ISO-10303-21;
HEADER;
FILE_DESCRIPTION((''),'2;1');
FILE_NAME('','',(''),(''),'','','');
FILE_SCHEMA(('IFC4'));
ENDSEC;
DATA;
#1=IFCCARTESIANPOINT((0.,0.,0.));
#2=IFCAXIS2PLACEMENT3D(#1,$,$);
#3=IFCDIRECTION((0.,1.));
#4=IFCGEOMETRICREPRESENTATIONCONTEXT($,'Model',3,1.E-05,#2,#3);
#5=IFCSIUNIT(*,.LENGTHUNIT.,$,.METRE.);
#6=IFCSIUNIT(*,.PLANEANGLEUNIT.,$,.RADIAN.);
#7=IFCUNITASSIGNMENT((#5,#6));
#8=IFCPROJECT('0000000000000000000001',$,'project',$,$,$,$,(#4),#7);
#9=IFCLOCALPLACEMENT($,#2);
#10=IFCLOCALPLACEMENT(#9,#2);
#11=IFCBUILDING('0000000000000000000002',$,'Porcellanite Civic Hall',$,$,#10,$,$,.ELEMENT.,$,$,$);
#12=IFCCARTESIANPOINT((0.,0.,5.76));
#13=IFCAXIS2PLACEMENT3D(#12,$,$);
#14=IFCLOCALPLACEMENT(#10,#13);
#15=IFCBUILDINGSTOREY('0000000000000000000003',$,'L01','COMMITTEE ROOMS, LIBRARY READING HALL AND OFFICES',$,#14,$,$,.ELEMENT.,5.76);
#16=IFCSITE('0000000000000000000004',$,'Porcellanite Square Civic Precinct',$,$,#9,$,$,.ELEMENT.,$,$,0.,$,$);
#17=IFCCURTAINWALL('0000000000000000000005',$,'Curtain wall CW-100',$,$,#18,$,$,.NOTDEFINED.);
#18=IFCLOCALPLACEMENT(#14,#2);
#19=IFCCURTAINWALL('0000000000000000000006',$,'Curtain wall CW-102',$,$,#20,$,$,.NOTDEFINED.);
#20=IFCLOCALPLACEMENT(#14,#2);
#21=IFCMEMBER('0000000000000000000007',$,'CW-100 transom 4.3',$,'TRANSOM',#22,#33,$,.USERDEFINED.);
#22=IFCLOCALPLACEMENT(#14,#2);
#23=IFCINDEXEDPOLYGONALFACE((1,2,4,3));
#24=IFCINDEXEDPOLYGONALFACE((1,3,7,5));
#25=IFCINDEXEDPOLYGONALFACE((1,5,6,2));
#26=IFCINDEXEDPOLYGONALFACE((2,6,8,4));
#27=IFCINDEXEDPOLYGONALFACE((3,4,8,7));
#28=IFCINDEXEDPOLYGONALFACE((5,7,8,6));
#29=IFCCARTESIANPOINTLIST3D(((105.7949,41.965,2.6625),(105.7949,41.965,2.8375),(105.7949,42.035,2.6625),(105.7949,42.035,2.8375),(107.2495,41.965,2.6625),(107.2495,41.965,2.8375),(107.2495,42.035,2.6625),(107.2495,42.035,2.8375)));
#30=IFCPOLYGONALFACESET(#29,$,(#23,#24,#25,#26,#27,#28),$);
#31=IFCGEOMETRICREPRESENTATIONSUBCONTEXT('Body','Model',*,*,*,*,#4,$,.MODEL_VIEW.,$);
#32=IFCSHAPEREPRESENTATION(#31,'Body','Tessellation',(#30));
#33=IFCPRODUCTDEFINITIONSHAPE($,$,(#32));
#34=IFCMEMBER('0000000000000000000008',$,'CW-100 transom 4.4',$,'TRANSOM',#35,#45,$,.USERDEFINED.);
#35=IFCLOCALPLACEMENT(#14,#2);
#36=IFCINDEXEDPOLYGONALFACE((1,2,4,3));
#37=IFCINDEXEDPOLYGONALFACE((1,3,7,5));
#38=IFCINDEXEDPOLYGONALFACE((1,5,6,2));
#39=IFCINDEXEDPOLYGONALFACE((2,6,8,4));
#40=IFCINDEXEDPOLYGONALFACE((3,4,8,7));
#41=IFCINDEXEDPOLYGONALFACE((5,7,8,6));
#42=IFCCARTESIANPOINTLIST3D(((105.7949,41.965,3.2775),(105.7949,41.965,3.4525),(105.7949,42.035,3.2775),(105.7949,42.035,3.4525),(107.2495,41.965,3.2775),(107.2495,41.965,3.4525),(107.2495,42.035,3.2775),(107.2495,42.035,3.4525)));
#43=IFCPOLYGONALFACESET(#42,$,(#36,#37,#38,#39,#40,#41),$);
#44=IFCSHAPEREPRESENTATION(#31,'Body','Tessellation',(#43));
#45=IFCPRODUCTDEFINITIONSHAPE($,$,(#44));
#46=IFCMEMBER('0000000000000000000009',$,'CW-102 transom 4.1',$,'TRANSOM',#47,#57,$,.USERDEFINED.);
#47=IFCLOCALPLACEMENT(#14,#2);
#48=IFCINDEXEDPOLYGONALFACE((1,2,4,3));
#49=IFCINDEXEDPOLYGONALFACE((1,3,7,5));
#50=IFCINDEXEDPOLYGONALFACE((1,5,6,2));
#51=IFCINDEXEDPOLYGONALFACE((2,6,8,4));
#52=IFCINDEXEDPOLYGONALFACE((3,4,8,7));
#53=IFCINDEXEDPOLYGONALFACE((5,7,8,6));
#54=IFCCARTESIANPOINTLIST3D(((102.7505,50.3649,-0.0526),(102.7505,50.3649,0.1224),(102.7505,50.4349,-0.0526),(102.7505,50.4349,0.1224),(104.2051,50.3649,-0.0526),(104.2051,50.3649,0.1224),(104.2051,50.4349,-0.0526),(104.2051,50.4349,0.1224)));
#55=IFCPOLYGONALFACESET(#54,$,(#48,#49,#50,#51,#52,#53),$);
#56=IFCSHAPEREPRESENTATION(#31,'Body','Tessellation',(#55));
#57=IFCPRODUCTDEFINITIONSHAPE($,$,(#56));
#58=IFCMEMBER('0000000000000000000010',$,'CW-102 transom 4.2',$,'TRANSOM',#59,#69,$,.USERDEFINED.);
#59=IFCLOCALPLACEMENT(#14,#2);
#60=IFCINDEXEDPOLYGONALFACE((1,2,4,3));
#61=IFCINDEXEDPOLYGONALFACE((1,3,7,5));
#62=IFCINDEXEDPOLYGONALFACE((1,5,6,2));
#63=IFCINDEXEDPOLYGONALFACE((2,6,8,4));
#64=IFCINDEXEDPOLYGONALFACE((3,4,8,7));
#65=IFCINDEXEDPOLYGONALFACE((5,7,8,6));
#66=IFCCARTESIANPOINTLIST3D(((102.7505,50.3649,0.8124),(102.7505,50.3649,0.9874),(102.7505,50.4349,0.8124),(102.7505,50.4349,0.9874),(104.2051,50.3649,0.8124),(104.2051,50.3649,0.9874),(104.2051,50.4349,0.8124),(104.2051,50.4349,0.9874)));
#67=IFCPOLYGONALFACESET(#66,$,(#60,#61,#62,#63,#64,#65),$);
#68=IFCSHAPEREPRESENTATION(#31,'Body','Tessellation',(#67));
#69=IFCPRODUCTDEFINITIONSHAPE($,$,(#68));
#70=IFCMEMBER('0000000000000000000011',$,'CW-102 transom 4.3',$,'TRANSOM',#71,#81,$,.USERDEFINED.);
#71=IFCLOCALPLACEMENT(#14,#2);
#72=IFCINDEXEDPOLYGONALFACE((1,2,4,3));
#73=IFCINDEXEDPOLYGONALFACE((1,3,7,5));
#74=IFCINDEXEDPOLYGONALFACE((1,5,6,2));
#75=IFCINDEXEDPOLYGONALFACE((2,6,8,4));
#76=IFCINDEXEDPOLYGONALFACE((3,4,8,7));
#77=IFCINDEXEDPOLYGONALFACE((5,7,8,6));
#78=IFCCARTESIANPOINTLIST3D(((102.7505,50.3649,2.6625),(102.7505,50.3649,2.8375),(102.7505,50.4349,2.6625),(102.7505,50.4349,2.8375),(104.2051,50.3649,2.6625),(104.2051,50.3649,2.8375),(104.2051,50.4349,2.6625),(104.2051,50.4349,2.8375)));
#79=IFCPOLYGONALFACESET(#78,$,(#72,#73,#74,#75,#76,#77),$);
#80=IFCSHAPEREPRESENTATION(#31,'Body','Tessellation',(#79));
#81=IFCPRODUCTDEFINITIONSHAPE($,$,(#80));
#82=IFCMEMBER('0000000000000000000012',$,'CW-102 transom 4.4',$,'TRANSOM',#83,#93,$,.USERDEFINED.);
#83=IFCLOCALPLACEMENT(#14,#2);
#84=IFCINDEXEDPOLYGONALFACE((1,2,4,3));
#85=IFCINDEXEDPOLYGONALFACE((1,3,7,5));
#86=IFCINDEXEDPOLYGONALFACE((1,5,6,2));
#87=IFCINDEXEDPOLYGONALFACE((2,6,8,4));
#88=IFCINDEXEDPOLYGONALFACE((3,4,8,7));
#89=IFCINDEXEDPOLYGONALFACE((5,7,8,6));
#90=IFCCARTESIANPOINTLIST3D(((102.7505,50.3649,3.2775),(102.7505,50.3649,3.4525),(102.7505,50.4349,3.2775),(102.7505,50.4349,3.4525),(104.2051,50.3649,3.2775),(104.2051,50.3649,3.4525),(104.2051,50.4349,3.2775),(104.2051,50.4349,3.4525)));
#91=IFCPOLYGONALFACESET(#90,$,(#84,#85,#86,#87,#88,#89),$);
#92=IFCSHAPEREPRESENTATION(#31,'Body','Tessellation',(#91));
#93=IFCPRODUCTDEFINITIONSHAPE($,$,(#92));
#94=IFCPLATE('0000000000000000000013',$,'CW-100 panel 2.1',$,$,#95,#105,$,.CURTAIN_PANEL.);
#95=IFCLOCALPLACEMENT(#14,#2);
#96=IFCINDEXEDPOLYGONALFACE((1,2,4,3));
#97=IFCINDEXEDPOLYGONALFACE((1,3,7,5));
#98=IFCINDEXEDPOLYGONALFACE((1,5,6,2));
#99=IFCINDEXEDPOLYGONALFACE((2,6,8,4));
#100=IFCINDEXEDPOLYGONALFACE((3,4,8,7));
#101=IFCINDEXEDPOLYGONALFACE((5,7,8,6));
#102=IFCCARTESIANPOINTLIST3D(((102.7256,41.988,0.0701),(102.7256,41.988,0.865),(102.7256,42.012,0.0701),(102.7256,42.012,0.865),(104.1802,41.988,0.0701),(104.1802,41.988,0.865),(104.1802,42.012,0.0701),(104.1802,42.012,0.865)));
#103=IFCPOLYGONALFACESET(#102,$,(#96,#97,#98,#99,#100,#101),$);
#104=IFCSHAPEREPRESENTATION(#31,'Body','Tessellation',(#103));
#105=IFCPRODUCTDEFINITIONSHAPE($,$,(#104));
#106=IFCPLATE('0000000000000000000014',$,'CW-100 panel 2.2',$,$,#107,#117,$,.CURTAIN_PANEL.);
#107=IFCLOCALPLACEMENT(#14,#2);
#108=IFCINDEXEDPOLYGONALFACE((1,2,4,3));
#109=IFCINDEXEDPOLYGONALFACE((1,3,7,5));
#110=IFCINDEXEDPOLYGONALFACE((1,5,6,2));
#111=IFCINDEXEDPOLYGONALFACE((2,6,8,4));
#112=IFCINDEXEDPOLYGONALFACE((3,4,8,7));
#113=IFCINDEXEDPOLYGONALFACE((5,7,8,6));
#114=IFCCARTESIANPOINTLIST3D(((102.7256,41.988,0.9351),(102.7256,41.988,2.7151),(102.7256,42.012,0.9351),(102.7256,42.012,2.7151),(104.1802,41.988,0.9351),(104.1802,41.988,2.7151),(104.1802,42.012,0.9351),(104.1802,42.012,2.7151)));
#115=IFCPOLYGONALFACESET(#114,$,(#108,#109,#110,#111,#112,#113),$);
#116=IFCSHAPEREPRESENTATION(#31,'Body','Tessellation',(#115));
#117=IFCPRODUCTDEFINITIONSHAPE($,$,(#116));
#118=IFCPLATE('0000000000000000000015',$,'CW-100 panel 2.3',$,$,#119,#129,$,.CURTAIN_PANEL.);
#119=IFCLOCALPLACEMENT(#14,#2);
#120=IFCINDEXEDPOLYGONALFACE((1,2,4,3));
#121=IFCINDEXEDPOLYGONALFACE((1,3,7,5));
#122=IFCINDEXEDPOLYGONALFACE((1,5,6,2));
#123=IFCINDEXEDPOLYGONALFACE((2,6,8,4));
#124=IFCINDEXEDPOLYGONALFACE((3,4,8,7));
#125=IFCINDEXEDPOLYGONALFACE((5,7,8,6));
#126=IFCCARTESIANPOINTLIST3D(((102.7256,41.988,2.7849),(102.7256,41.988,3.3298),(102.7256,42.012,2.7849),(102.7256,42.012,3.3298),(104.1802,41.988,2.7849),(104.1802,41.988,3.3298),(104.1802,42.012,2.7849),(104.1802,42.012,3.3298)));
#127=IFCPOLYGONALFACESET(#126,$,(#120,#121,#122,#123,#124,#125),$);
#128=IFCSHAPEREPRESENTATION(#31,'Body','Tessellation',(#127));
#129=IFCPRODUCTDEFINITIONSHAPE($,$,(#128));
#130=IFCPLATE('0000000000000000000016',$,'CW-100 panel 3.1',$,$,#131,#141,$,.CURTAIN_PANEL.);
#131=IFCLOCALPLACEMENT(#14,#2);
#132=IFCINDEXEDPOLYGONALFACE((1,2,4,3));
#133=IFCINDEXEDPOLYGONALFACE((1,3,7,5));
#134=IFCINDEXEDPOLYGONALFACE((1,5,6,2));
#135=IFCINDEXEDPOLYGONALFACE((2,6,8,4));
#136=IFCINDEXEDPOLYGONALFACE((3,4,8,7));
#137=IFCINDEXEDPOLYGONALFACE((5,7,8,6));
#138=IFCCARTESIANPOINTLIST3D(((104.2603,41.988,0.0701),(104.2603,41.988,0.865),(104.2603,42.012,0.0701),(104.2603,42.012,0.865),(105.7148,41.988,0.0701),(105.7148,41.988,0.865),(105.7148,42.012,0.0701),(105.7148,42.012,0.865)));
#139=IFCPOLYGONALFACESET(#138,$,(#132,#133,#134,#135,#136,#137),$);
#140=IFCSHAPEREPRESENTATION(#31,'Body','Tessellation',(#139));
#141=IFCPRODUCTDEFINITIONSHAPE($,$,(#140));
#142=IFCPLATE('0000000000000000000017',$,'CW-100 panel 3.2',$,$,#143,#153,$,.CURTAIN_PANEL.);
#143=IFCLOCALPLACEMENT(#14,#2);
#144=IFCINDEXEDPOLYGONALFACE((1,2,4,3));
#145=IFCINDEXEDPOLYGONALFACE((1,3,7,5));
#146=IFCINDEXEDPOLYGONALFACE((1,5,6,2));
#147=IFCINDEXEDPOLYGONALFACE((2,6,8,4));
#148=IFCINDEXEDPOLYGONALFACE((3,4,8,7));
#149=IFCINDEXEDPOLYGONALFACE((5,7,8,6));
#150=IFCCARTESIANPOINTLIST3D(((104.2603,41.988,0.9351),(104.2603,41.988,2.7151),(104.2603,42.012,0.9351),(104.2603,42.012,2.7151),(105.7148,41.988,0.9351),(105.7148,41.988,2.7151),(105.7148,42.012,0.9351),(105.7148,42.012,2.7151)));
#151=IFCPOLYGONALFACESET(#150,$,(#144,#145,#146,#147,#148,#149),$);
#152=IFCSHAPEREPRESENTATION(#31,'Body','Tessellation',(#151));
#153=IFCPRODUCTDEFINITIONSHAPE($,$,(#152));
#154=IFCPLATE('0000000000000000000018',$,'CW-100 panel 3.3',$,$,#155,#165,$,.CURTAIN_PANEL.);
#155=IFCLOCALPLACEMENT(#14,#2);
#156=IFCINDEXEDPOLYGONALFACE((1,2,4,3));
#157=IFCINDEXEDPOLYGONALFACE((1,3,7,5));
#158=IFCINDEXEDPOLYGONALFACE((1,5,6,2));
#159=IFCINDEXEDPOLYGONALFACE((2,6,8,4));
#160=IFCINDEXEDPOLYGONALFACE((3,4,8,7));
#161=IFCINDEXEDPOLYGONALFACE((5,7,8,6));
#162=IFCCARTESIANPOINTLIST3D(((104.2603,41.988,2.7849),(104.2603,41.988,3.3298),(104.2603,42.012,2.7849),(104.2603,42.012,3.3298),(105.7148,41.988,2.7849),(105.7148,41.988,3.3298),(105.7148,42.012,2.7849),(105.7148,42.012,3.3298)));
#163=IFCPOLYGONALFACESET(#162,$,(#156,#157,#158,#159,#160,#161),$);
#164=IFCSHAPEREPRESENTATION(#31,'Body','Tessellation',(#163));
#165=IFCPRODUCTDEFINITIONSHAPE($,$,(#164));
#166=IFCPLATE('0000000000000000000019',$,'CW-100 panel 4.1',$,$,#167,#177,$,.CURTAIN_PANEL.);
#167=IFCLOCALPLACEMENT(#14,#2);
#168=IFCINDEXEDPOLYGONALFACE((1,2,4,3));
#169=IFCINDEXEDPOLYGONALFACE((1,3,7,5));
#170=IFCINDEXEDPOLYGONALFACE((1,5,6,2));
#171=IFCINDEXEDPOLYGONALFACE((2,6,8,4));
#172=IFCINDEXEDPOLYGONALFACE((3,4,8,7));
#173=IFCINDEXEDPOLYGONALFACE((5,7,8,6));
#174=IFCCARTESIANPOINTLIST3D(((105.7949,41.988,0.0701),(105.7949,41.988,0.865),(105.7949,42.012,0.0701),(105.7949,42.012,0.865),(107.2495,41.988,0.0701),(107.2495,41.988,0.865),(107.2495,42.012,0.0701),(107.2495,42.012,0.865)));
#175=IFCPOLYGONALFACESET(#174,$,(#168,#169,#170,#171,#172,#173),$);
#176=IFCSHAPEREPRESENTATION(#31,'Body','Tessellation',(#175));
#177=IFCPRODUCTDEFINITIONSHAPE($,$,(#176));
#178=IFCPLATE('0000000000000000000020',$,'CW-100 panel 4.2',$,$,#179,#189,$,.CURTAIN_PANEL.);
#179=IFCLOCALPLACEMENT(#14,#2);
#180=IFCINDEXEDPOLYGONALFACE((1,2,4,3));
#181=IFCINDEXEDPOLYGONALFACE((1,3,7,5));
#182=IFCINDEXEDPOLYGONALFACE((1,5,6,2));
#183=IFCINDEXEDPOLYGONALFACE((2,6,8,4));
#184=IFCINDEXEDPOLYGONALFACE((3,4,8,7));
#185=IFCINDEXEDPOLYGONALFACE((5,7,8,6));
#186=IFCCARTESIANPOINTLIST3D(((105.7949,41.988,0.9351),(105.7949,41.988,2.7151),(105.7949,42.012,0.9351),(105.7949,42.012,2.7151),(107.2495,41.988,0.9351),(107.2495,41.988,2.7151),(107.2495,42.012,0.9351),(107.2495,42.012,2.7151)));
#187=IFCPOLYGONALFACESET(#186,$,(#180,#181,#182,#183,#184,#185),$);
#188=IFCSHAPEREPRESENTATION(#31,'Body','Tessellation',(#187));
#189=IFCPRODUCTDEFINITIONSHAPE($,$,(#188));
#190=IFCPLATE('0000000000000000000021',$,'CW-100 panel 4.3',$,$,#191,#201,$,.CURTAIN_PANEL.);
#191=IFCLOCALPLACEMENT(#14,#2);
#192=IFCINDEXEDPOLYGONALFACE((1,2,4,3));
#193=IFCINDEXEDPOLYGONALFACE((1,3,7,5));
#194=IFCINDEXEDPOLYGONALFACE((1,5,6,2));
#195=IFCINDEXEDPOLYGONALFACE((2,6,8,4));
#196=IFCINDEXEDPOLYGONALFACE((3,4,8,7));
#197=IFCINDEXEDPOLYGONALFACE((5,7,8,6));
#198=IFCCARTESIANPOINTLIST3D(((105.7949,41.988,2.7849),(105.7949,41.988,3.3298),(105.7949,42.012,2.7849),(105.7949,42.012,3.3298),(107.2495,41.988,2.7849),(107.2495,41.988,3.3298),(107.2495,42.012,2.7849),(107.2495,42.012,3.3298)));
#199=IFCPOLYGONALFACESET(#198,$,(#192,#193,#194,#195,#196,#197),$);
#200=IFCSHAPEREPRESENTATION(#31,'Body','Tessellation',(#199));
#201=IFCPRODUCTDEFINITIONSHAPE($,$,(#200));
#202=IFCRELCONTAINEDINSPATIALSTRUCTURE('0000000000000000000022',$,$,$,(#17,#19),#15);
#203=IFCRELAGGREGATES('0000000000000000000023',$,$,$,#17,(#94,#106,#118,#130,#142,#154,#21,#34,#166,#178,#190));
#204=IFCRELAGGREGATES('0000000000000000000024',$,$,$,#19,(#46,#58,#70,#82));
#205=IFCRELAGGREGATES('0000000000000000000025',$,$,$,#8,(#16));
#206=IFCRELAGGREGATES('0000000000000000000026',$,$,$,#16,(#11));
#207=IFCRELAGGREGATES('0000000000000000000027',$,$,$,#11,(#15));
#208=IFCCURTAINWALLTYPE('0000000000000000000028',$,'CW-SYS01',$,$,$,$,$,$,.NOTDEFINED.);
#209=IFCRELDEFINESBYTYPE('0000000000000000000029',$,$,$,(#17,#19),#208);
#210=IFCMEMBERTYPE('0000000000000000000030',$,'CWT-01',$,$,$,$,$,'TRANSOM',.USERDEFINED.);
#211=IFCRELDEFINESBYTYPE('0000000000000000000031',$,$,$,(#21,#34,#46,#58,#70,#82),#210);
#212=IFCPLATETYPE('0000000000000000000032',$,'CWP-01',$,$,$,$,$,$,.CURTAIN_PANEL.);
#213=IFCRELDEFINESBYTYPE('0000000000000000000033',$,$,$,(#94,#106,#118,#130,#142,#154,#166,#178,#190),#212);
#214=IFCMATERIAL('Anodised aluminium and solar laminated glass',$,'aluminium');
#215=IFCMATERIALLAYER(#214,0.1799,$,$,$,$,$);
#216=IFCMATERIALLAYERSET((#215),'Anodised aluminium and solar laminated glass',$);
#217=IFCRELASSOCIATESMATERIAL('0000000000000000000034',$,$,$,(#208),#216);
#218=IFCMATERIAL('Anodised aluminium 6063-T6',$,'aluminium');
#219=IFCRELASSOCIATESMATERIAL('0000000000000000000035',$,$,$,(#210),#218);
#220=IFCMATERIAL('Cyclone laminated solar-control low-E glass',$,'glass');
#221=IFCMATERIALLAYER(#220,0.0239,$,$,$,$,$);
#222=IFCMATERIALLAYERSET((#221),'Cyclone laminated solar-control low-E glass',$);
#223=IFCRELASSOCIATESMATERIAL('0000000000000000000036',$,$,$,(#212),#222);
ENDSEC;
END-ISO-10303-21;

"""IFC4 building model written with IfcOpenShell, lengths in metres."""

from ifc_helpers import new_model, si_unit, direction, frame, origin, origin_2d, place, context, subcontext, project, spatial, rectangle, extrude, material, layer, layer_set, material_profile, profile_set, type_object, element, aggregate, save


model = new_model("IFC4")

# Units and contexts
model_context = context("Model", 3, precision=1e-05, world=origin(), true_north=direction((0.0, 1.0)))
body_context = subcontext(model_context, "Body", "Model", "MODEL_VIEW")
ifc_project = project(units=[si_unit("LENGTHUNIT", "METRE"), si_unit("PLANEANGLEUNIT", "RADIAN")], contexts=[model_context])

# Site, building, storey
site_placement = place(None, origin())
site = spatial("IfcSite", under=ifc_project, at=site_placement, Name="Porcellanite Square Civic Precinct", CompositionType="ELEMENT", RefElevation=0.0)
building_placement = place(site_placement, origin())
building = spatial("IfcBuilding", under=site, at=building_placement, Name="Porcellanite Civic Hall", CompositionType="ELEMENT")
storey_placement = place(building_placement, frame((0.0, 0.0, 5.76)))
storey = spatial("IfcBuildingStorey", under=building, at=storey_placement, Name="L01", Description="COMMITTEE ROOMS, LIBRARY READING HALL AND OFFICES", CompositionType="ELEMENT", Elevation=5.76)

# Curtain walls
ifc_material_1 = material(Name="Anodised aluminium and solar laminated glass", Category="aluminium")
ifc_layer_1 = layer(ifc_material_1, 0.1799)
ifc_layer_set_1 = layer_set([ifc_layer_1], Name="Anodised aluminium and solar laminated glass")
curtain_wall_type = type_object("IfcCurtainWallType", Name="CW-SYS01", PredefinedType="NOTDEFINED", material=ifc_layer_set_1)
curtain_wall_1_placement = place(storey_placement, origin())
curtain_wall_1 = element("IfcCurtainWall", 1, at=curtain_wall_1_placement, inside=storey, type_object=curtain_wall_type, Name="Curtain wall CW-100", PredefinedType="NOTDEFINED")
curtain_wall_2_placement = place(storey_placement, origin())
curtain_wall_2 = element("IfcCurtainWall", 2, at=curtain_wall_2_placement, inside=storey, type_object=curtain_wall_type, Name="Curtain wall CW-102", PredefinedType="NOTDEFINED")

# Members
ifc_material_2 = material(Name="Anodised aluminium 6063-T6", Category="aluminium")
ifc_material_profile_1 = material_profile(ifc_material_2, rectangle(XDim=0.0701, YDim=0.175, at=origin_2d()), Name="AL-70x175")
ifc_profile_set_1 = profile_set([ifc_material_profile_1], Name="Anodised aluminium 6063-T6")
member_type_1 = type_object("IfcMemberType", Name="CWT-01", ElementType="TRANSOM", PredefinedType="USERDEFINED", material=ifc_profile_set_1)
member_1_placement = place(storey_placement, frame((105.7949, 42.0, 2.75), z_axis=(1.0, 0.0, 0.0), x_axis=(0.0, 1.0, 0.0)))
member_1 = element("IfcMember", 3, at=member_1_placement, type_object=member_type_1, Name="CW-100 transom 4.3", ObjectType="TRANSOM", PredefinedType="USERDEFINED", context=body_context, shape_type="SweptSolid", body=[
    extrude(rectangle(XDim=0.0701, YDim=0.175, at=origin_2d()), origin(), (0.0, 0.0, 1.0), 1.4546),
])
member_2_placement = place(storey_placement, frame((105.7949, 42.0, 3.365), z_axis=(1.0, 0.0, 0.0), x_axis=(0.0, 1.0, 0.0)))
member_2 = element("IfcMember", 4, at=member_2_placement, type_object=member_type_1, Name="CW-100 transom 4.4", ObjectType="TRANSOM", PredefinedType="USERDEFINED", context=body_context, shape_type="SweptSolid", body=[
    extrude(rectangle(XDim=0.0701, YDim=0.175, at=origin_2d()), origin(), (0.0, 0.0, 1.0), 1.4546),
])
member_3_placement = place(storey_placement, frame((104.2051, 50.3999, 0.0349), z_axis=(-1.0, 0.0, 0.0), x_axis=(0.0, -1.0, 0.0)))
member_3 = element("IfcMember", 5, at=member_3_placement, type_object=member_type_1, Name="CW-102 transom 4.1", ObjectType="TRANSOM", PredefinedType="USERDEFINED", context=body_context, shape_type="SweptSolid", body=[
    extrude(rectangle(XDim=0.0701, YDim=0.175, at=origin_2d()), origin(), (0.0, 0.0, 1.0), 1.4546),
])
member_4_placement = place(storey_placement, frame((104.2051, 50.3999, 0.8999), z_axis=(-1.0, 0.0, 0.0), x_axis=(0.0, -1.0, 0.0)))
member_4 = element("IfcMember", 6, at=member_4_placement, type_object=member_type_1, Name="CW-102 transom 4.2", ObjectType="TRANSOM", PredefinedType="USERDEFINED", context=body_context, shape_type="SweptSolid", body=[
    extrude(rectangle(XDim=0.0701, YDim=0.175, at=origin_2d()), origin(), (0.0, 0.0, 1.0), 1.4546),
])
member_5_placement = place(storey_placement, frame((104.2051, 50.3999, 2.75), z_axis=(-1.0, 0.0, 0.0), x_axis=(0.0, -1.0, 0.0)))
member_5 = element("IfcMember", 7, at=member_5_placement, type_object=member_type_1, Name="CW-102 transom 4.3", ObjectType="TRANSOM", PredefinedType="USERDEFINED", context=body_context, shape_type="SweptSolid", body=[
    extrude(rectangle(XDim=0.0701, YDim=0.175, at=origin_2d()), origin(), (0.0, 0.0, 1.0), 1.4546),
])
member_6_placement = place(storey_placement, frame((104.2051, 50.3999, 3.365), z_axis=(-1.0, 0.0, 0.0), x_axis=(0.0, -1.0, 0.0)))
member_6 = element("IfcMember", 8, at=member_6_placement, type_object=member_type_1, Name="CW-102 transom 4.4", ObjectType="TRANSOM", PredefinedType="USERDEFINED", context=body_context, shape_type="SweptSolid", body=[
    extrude(rectangle(XDim=0.0701, YDim=0.175, at=origin_2d()), origin(), (0.0, 0.0, 1.0), 1.4546),
])

# Plates
ifc_material_3 = material(Name="Cyclone laminated solar-control low-E glass", Category="glass")
ifc_layer_2 = layer(ifc_material_3, 0.0239)
ifc_layer_set_2 = layer_set([ifc_layer_2], Name="Cyclone laminated solar-control low-E glass")
plate_type = type_object("IfcPlateType", Name="CWP-01", PredefinedType="CURTAIN_PANEL", material=ifc_layer_set_2)
plate_1_placement = place(storey_placement, frame((103.4529, 42.0, 0.0701), z_axis=(0.0, 0.0, 1.0), x_axis=(1.0, 0.0, 0.0)))
plate_1 = element("IfcPlate", 9, at=plate_1_placement, type_object=plate_type, Name="CW-100 panel 2.1", PredefinedType="CURTAIN_PANEL", context=body_context, shape_type="SweptSolid", body=[
    extrude(rectangle(XDim=1.4546, YDim=0.0239, at=origin_2d()), origin(), (0.0, 0.0, 1.0), 0.7949),
])
plate_2_placement = place(storey_placement, frame((103.4529, 42.0, 0.9351), z_axis=(0.0, 0.0, 1.0), x_axis=(1.0, 0.0, 0.0)))
plate_2 = element("IfcPlate", 10, at=plate_2_placement, type_object=plate_type, Name="CW-100 panel 2.2", PredefinedType="CURTAIN_PANEL", context=body_context, shape_type="SweptSolid", body=[
    extrude(rectangle(XDim=1.4546, YDim=0.0239, at=origin_2d()), origin(), (0.0, 0.0, 1.0), 1.78),
])
plate_3_placement = place(storey_placement, frame((103.4529, 42.0, 2.7849), z_axis=(0.0, 0.0, 1.0), x_axis=(1.0, 0.0, 0.0)))
plate_3 = element("IfcPlate", 11, at=plate_3_placement, type_object=plate_type, Name="CW-100 panel 2.3", PredefinedType="CURTAIN_PANEL", context=body_context, shape_type="SweptSolid", body=[
    extrude(rectangle(XDim=1.4546, YDim=0.0239, at=origin_2d()), origin(), (0.0, 0.0, 1.0), 0.5449),
])
plate_4_placement = place(storey_placement, frame((104.9875, 42.0, 0.0701), z_axis=(0.0, 0.0, 1.0), x_axis=(1.0, 0.0, 0.0)))
plate_4 = element("IfcPlate", 12, at=plate_4_placement, type_object=plate_type, Name="CW-100 panel 3.1", PredefinedType="CURTAIN_PANEL", context=body_context, shape_type="SweptSolid", body=[
    extrude(rectangle(XDim=1.4546, YDim=0.0239, at=origin_2d()), origin(), (0.0, 0.0, 1.0), 0.7949),
])
plate_5_placement = place(storey_placement, frame((104.9875, 42.0, 0.9351), z_axis=(0.0, 0.0, 1.0), x_axis=(1.0, 0.0, 0.0)))
plate_5 = element("IfcPlate", 13, at=plate_5_placement, type_object=plate_type, Name="CW-100 panel 3.2", PredefinedType="CURTAIN_PANEL", context=body_context, shape_type="SweptSolid", body=[
    extrude(rectangle(XDim=1.4546, YDim=0.0239, at=origin_2d()), origin(), (0.0, 0.0, 1.0), 1.78),
])
plate_6_placement = place(storey_placement, frame((104.9875, 42.0, 2.7849), z_axis=(0.0, 0.0, 1.0), x_axis=(1.0, 0.0, 0.0)))
plate_6 = element("IfcPlate", 14, at=plate_6_placement, type_object=plate_type, Name="CW-100 panel 3.3", PredefinedType="CURTAIN_PANEL", context=body_context, shape_type="SweptSolid", body=[
    extrude(rectangle(XDim=1.4546, YDim=0.0239, at=origin_2d()), origin(), (0.0, 0.0, 1.0), 0.5449),
])
plate_7_placement = place(storey_placement, frame((106.5222, 42.0, 0.0701), z_axis=(0.0, 0.0, 1.0), x_axis=(1.0, 0.0, 0.0)))
plate_7 = element("IfcPlate", 15, at=plate_7_placement, type_object=plate_type, Name="CW-100 panel 4.1", PredefinedType="CURTAIN_PANEL", context=body_context, shape_type="SweptSolid", body=[
    extrude(rectangle(XDim=1.4546, YDim=0.0239, at=origin_2d()), origin(), (0.0, 0.0, 1.0), 0.7949),
])
plate_8_placement = place(storey_placement, frame((106.5222, 42.0, 0.9351), z_axis=(0.0, 0.0, 1.0), x_axis=(1.0, 0.0, 0.0)))
plate_8 = element("IfcPlate", 16, at=plate_8_placement, type_object=plate_type, Name="CW-100 panel 4.2", PredefinedType="CURTAIN_PANEL", context=body_context, shape_type="SweptSolid", body=[
    extrude(rectangle(XDim=1.4546, YDim=0.0239, at=origin_2d()), origin(), (0.0, 0.0, 1.0), 1.78),
])
plate_9_placement = place(storey_placement, frame((106.5222, 42.0, 2.7849), z_axis=(0.0, 0.0, 1.0), x_axis=(1.0, 0.0, 0.0)))
plate_9 = element("IfcPlate", 17, at=plate_9_placement, type_object=plate_type, Name="CW-100 panel 4.3", PredefinedType="CURTAIN_PANEL", context=body_context, shape_type="SweptSolid", body=[
    extrude(rectangle(XDim=1.4546, YDim=0.0239, at=origin_2d()), origin(), (0.0, 0.0, 1.0), 0.5449),
])
aggregate(curtain_wall_1, [plate_1, plate_2, plate_3, plate_4, plate_5, plate_6, member_1, member_2, plate_7, plate_8, plate_9])
aggregate(curtain_wall_2, [member_3, member_4, member_5, member_6])

save(model, "model.ifc")
